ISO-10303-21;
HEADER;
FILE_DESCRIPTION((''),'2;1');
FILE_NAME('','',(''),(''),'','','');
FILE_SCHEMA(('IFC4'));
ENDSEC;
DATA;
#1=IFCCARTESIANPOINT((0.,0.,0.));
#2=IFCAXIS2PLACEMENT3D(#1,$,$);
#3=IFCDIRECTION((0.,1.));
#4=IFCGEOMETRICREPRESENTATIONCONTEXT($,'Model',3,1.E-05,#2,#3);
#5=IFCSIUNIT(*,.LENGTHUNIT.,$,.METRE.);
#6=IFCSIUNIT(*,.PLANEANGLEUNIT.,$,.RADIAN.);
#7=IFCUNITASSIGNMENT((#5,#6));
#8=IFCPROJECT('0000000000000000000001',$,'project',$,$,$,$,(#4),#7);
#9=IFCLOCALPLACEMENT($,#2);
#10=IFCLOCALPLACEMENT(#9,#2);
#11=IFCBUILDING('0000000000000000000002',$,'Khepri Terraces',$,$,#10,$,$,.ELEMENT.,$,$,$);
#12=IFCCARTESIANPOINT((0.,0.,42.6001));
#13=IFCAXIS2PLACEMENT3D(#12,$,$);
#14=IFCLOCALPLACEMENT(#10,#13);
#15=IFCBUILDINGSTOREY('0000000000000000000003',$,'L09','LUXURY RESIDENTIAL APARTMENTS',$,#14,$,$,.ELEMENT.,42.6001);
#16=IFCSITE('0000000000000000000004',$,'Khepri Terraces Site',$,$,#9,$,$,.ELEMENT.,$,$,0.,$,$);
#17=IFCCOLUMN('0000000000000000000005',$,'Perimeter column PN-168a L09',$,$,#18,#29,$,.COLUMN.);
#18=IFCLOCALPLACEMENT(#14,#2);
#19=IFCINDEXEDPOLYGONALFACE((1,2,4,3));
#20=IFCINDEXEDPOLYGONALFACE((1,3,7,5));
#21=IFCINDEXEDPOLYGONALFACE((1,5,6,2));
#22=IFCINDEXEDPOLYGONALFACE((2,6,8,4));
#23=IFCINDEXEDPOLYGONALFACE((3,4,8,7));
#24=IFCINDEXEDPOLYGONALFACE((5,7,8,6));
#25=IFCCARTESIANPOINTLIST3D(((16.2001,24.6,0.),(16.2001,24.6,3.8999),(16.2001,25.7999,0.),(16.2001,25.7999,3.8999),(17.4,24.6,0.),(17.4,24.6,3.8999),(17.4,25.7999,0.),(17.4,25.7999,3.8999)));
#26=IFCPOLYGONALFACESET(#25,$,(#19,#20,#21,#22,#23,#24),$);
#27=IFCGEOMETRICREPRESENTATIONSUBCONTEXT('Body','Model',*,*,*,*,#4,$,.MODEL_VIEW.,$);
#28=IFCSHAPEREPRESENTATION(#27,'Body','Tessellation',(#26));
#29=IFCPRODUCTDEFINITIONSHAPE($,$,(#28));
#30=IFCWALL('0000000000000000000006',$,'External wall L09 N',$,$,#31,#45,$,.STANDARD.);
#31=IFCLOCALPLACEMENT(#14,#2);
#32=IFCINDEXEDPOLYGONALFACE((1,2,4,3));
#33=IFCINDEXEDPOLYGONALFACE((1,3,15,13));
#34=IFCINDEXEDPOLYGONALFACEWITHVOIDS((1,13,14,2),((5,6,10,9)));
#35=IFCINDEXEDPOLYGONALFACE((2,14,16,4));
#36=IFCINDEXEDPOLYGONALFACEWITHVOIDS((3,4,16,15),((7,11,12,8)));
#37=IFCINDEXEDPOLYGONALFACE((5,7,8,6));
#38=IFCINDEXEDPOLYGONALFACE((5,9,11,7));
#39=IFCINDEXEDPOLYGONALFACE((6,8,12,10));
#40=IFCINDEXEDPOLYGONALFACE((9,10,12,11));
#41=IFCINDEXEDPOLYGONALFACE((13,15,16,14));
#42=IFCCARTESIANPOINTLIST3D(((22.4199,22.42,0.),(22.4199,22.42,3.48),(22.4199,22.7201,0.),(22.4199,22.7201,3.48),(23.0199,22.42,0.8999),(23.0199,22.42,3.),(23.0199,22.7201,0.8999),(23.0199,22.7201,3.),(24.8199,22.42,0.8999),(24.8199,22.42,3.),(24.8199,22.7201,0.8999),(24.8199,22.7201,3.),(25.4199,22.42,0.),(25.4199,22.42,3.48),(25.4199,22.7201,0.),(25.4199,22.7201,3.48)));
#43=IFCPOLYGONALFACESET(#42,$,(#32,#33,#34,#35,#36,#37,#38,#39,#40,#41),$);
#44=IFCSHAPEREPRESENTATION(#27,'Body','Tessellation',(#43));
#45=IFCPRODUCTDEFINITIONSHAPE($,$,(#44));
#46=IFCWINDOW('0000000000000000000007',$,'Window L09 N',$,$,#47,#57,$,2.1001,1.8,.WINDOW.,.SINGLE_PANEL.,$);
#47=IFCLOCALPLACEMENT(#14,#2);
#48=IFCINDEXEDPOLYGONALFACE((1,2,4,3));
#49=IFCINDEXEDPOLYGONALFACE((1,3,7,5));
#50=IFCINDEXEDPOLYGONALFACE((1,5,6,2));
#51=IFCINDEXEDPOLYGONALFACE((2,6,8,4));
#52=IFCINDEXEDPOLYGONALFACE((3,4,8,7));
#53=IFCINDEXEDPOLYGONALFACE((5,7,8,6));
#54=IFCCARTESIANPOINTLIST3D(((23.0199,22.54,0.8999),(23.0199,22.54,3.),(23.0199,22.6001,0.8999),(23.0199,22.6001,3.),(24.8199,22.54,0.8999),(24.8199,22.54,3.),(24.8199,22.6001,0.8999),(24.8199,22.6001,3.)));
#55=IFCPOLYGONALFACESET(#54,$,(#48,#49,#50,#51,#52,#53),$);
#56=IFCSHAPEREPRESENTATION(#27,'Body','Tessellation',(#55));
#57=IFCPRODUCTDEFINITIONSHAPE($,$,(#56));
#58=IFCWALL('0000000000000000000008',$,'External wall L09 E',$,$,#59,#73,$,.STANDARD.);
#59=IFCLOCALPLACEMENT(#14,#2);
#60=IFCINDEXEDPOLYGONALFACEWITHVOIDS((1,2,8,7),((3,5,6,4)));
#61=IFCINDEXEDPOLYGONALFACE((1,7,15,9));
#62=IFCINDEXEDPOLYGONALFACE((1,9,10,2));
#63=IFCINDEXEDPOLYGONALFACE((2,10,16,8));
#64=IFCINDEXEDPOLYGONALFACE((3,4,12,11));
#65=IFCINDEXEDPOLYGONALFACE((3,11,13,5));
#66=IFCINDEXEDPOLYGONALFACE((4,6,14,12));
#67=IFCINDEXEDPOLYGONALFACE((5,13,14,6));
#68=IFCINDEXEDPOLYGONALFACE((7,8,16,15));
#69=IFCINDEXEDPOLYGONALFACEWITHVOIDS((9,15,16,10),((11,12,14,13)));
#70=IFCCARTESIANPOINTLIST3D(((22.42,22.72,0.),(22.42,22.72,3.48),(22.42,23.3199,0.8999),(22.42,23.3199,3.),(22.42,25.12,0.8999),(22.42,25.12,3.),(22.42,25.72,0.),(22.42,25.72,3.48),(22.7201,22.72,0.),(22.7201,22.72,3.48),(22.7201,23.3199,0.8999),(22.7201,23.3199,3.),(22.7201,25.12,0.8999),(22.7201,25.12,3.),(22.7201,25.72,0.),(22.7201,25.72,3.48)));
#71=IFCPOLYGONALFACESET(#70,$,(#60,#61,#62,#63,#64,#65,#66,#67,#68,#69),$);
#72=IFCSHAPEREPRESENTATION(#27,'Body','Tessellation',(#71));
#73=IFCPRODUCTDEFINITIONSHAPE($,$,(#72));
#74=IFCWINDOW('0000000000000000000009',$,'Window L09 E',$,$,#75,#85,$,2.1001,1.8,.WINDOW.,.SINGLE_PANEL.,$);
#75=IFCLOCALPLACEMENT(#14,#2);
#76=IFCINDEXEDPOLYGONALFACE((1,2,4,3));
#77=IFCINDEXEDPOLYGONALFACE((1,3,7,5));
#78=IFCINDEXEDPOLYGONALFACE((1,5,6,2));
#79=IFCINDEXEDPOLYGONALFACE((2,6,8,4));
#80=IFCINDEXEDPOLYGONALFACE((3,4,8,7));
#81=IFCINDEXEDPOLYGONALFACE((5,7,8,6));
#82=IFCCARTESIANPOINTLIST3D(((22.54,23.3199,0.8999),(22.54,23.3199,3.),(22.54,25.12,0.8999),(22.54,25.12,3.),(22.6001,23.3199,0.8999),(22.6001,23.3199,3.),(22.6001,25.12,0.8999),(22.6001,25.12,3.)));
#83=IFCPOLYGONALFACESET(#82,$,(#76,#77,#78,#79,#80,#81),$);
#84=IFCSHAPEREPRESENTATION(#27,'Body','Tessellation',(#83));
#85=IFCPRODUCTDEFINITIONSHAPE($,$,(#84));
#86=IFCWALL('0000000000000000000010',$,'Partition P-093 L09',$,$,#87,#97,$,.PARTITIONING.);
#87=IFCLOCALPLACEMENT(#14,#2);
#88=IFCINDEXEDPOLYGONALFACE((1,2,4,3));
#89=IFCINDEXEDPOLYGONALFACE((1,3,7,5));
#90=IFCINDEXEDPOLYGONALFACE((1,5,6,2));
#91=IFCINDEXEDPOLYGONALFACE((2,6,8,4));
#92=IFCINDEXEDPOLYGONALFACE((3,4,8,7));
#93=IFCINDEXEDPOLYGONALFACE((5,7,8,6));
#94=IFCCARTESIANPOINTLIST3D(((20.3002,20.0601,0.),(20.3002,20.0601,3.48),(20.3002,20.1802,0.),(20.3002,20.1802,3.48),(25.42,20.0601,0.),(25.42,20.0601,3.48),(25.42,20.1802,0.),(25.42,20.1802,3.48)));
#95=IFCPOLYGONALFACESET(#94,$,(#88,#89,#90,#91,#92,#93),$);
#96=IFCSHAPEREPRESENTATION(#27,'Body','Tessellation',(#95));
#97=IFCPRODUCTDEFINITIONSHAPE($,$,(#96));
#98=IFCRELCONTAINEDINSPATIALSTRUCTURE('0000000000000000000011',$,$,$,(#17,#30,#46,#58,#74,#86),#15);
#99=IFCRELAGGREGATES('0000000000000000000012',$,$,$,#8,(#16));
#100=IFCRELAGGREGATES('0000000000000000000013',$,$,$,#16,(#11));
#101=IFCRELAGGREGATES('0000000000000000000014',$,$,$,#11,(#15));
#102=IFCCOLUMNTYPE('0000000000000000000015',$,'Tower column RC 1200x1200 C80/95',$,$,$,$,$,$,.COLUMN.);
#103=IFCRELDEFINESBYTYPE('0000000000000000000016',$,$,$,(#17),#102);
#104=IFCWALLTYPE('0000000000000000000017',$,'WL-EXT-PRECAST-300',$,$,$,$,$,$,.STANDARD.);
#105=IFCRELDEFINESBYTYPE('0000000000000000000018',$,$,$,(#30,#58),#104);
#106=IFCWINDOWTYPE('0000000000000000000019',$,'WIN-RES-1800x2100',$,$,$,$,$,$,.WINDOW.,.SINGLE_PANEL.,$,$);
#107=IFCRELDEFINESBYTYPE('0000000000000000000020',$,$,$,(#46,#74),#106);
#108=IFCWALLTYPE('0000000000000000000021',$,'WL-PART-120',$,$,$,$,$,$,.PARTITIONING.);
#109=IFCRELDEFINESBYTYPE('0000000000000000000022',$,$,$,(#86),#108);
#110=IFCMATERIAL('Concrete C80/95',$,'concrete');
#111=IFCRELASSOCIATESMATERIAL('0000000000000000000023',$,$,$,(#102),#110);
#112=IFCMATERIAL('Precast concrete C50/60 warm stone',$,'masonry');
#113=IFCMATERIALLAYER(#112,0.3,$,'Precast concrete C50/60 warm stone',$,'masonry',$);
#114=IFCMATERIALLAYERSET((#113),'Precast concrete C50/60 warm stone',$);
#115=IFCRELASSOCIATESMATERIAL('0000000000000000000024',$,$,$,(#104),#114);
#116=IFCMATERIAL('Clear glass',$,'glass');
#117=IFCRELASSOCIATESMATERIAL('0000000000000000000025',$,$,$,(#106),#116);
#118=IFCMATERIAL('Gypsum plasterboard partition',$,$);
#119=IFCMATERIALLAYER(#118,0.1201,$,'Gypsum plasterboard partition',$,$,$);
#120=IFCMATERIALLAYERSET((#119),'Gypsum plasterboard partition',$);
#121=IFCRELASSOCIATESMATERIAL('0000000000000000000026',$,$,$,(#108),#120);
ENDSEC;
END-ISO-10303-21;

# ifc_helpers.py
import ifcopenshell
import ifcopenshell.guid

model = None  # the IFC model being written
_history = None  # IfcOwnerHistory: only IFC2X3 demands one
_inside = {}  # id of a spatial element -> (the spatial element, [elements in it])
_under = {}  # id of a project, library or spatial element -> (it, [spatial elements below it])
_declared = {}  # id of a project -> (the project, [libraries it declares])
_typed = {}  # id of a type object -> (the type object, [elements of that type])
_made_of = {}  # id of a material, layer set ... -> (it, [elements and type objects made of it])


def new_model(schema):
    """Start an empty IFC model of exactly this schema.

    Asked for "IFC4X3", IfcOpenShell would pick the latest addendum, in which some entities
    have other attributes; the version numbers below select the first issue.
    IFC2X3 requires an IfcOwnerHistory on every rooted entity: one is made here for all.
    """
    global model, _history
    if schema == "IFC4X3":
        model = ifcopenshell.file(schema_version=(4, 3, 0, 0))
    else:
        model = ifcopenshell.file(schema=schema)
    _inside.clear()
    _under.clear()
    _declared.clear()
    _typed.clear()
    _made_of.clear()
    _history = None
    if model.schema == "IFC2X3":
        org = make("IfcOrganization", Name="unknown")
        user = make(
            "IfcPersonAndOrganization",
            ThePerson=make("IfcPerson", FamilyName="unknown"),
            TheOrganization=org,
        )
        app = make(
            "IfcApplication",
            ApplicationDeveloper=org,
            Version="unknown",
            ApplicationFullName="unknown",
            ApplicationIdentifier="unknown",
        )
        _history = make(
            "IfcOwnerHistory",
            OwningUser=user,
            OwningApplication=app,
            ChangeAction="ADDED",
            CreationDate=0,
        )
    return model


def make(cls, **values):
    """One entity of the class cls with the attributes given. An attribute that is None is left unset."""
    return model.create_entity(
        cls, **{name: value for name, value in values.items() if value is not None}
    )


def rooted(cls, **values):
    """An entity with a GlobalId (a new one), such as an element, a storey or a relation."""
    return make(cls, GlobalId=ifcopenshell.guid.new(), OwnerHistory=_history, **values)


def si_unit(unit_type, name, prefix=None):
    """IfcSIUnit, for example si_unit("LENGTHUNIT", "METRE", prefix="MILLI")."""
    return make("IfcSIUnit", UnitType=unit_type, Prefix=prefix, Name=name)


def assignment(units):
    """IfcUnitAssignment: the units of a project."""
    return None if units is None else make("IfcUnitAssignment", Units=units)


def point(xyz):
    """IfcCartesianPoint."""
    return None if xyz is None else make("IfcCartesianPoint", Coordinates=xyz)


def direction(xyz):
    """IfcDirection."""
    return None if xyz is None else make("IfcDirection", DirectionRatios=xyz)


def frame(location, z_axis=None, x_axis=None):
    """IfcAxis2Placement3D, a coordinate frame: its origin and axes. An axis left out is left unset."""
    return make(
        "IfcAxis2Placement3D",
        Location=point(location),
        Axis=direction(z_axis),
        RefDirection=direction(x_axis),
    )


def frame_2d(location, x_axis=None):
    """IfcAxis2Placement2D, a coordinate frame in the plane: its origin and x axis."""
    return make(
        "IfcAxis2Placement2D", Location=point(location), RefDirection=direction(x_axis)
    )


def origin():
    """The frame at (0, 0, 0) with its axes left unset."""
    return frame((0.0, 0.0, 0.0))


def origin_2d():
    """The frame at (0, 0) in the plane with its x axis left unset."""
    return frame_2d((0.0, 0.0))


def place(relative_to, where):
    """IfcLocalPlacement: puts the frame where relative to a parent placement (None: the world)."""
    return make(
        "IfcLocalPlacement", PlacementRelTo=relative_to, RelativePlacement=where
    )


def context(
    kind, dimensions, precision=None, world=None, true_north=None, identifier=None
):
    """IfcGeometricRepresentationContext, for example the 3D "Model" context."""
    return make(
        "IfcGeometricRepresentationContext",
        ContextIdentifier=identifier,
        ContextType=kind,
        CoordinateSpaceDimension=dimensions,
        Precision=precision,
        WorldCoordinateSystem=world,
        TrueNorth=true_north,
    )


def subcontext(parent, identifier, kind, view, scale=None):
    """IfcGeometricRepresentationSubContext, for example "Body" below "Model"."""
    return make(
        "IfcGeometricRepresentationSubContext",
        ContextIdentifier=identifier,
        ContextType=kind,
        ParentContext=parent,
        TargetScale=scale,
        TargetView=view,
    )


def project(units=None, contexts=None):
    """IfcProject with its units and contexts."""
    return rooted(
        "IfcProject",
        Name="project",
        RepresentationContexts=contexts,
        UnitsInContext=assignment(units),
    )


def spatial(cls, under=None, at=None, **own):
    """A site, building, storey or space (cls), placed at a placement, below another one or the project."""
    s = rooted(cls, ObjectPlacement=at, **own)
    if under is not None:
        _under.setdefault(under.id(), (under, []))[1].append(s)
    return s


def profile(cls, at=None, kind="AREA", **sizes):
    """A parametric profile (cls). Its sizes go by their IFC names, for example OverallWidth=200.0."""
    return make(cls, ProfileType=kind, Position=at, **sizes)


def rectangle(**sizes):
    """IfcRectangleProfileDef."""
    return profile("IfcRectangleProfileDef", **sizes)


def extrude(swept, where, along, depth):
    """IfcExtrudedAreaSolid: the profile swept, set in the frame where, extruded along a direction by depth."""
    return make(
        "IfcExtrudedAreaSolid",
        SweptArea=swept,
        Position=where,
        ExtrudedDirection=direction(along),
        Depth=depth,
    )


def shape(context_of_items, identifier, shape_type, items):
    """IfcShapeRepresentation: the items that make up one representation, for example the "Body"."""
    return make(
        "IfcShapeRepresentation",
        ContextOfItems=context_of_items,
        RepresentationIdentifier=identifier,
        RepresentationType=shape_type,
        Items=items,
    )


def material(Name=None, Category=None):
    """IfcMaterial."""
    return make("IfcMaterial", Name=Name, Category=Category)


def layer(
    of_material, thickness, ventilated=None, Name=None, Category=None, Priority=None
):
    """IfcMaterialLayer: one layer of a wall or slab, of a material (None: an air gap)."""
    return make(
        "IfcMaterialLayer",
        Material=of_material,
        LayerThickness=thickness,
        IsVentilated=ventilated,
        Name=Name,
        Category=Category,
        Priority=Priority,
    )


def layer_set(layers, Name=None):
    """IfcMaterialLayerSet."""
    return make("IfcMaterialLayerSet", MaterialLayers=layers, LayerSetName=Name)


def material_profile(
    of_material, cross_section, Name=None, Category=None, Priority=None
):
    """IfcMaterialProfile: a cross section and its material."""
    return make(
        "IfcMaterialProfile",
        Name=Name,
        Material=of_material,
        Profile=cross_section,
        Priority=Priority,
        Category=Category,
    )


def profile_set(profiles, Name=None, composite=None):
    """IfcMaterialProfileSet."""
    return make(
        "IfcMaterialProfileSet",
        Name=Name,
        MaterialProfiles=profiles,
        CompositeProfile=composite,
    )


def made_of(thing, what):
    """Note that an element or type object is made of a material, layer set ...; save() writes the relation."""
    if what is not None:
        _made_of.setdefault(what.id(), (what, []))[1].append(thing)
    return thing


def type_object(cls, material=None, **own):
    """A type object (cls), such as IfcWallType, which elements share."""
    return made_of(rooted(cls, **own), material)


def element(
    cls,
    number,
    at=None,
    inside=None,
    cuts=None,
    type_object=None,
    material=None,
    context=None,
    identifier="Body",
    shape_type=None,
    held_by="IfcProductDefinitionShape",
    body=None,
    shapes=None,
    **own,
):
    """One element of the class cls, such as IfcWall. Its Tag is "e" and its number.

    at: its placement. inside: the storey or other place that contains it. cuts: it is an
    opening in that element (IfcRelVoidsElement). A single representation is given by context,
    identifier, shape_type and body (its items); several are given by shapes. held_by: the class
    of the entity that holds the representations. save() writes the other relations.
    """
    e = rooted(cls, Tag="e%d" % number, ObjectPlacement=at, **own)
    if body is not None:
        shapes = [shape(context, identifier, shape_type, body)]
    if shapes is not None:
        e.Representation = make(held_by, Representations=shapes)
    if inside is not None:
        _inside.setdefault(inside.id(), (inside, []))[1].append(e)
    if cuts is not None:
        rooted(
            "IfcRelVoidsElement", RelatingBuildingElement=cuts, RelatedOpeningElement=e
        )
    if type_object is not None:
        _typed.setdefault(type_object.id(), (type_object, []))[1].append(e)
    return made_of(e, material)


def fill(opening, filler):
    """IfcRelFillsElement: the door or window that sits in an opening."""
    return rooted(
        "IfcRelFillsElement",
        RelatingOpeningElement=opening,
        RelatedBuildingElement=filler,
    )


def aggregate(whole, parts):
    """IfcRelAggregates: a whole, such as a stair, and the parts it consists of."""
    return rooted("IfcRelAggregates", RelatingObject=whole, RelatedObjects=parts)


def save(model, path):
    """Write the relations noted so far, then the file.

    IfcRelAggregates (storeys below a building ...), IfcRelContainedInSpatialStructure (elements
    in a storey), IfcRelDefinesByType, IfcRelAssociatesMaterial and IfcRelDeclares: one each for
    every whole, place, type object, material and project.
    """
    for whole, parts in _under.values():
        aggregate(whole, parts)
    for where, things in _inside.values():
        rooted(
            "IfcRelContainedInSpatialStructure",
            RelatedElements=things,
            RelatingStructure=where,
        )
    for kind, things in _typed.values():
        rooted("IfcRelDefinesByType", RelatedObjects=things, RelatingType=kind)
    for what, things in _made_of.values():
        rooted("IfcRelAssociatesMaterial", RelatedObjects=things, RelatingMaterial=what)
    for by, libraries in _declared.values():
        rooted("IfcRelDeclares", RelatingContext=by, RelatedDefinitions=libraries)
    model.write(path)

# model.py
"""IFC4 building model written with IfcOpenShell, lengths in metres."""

from ifc_helpers import new_model, si_unit, direction, frame, frame_2d, origin, origin_2d, place, context, subcontext, project, spatial, rectangle, extrude, material, layer, layer_set, material_profile, profile_set, type_object, element, fill, save


model = new_model("IFC4")

# Units and contexts
model_context = context("Model", 3, precision=1e-05, world=origin(), true_north=direction((0.0, 1.0)))
body_context = subcontext(model_context, "Body", "Model", "MODEL_VIEW")
ifc_project = project(units=[si_unit("LENGTHUNIT", "METRE"), si_unit("PLANEANGLEUNIT", "RADIAN")], contexts=[model_context])

# Site, building, storey
site_placement = place(None, origin())
site = spatial("IfcSite", under=ifc_project, at=site_placement, Name="Khepri Terraces Site", CompositionType="ELEMENT", RefElevation=0.0)
building_placement = place(site_placement, origin())
building = spatial("IfcBuilding", under=site, at=building_placement, Name="Khepri Terraces", CompositionType="ELEMENT")
storey_placement = place(building_placement, frame((0.0, 0.0, 42.6001)))
storey = spatial("IfcBuildingStorey", under=building, at=storey_placement, Name="L09", Description="LUXURY RESIDENTIAL APARTMENTS", CompositionType="ELEMENT", Elevation=42.6001)

# Column
ifc_material_1 = material(Name="Concrete C80/95", Category="concrete")
ifc_material_profile = material_profile(ifc_material_1, rectangle(XDim=1.2, YDim=1.2, at=origin_2d()), Name="Concrete C80/95", Category="concrete")
ifc_profile_set = profile_set([ifc_material_profile], Name="Concrete C80/95")
column_type = type_object("IfcColumnType", Name="Tower column RC 1200x1200 C80/95", PredefinedType="COLUMN", material=ifc_profile_set)
column_placement = place(storey_placement, frame((16.8, 25.2, 0.0), z_axis=(0.0, 0.0, 1.0), x_axis=(1.0, 0.0, 0.0)))
element("IfcColumn", 1, at=column_placement, inside=storey, type_object=column_type, Name="Perimeter column PN-168a L09", PredefinedType="COLUMN", context=body_context, shape_type="SweptSolid", body=[
    extrude(rectangle(XDim=1.2, YDim=1.2, at=origin_2d()), origin(), (0.0, 0.0, 1.0), 3.8999),
])

# Walls, openings, windows
ifc_material_2 = material(Name="Precast concrete C50/60 warm stone", Category="masonry")
ifc_layer_1 = layer(ifc_material_2, 0.3, Name="Precast concrete C50/60 warm stone", Category="masonry")
ifc_layer_set_1 = layer_set([ifc_layer_1], Name="Precast concrete C50/60 warm stone")
wall_type_1 = type_object("IfcWallType", Name="WL-EXT-PRECAST-300", PredefinedType="STANDARD", material=ifc_layer_set_1)
wall_1_placement = place(storey_placement, frame((25.4199, 22.5701, 0.0), z_axis=(0.0, 0.0, 1.0), x_axis=(-1.0, 0.0, 0.0)))
wall_1 = element("IfcWall", 2, at=wall_1_placement, inside=storey, type_object=wall_type_1, Name="External wall L09 N", PredefinedType="STANDARD", context=body_context, shape_type="SweptSolid", body=[
    extrude(rectangle(XDim=3.0, YDim=0.3, at=frame_2d((1.5, 0.0))), origin(), (0.0, 0.0, 1.0), 3.48),
])
opening_1_placement = place(wall_1_placement, frame((0.6001, 0.0, 0.8999)))
opening_1 = element("IfcOpeningElement", 3, at=opening_1_placement, cuts=wall_1, PredefinedType="OPENING", context=body_context, shape_type="SweptSolid", body=[
    extrude(rectangle(XDim=1.8, YDim=2.1001, at=frame_2d((0.8999, 1.05))), frame((0.0, 0.1602, 0.0), z_axis=(0.0, -1.0, 0.0), x_axis=(1.0, 0.0, 0.0)), (0.0, 0.0, 1.0), 0.3201),
])
ifc_material_3 = material(Name="Clear glass", Category="glass")
window_type = type_object("IfcWindowType", Name="WIN-RES-1800x2100", PartitioningType="SINGLE_PANEL", PredefinedType="WINDOW", material=ifc_material_3)
window_1_placement = place(opening_1_placement, origin())
window_1 = element("IfcWindow", 4, at=window_1_placement, inside=storey, type_object=window_type, Name="Window L09 N", OverallHeight=2.1001, OverallWidth=1.8, PartitioningType="SINGLE_PANEL", PredefinedType="WINDOW", context=body_context, shape_type="SweptSolid", body=[
    extrude(rectangle(XDim=1.8, YDim=2.1001, at=frame_2d((0.8999, 1.05))), frame((0.0, 0.03, 0.0), z_axis=(0.0, -1.0, 0.0), x_axis=(1.0, 0.0, 0.0)), (0.0, 0.0, 1.0), 0.0601),
])
fill(opening_1, window_1)
wall_2_placement = place(storey_placement, frame((22.5701, 22.72, 0.0), z_axis=(0.0, 0.0, 1.0), x_axis=(0.0, 1.0, 0.0)))
wall_2 = element("IfcWall", 5, at=wall_2_placement, inside=storey, type_object=wall_type_1, Name="External wall L09 E", PredefinedType="STANDARD", context=body_context, shape_type="SweptSolid", body=[
    extrude(rectangle(XDim=3.0, YDim=0.3, at=frame_2d((1.5, 0.0))), origin(), (0.0, 0.0, 1.0), 3.48),
])
opening_2_placement = place(wall_2_placement, frame((0.6001, 0.0, 0.8999)))
opening_2 = element("IfcOpeningElement", 6, at=opening_2_placement, cuts=wall_2, PredefinedType="OPENING", context=body_context, shape_type="SweptSolid", body=[
    extrude(rectangle(XDim=1.8, YDim=2.1001, at=frame_2d((0.8999, 1.05))), frame((0.0, 0.1602, 0.0), z_axis=(0.0, -1.0, 0.0), x_axis=(1.0, 0.0, 0.0)), (0.0, 0.0, 1.0), 0.3201),
])
window_2_placement = place(opening_2_placement, origin())
window_2 = element("IfcWindow", 7, at=window_2_placement, inside=storey, type_object=window_type, Name="Window L09 E", OverallHeight=2.1001, OverallWidth=1.8, PartitioningType="SINGLE_PANEL", PredefinedType="WINDOW", context=body_context, shape_type="SweptSolid", body=[
    extrude(rectangle(XDim=1.8, YDim=2.1001, at=frame_2d((0.8999, 1.05))), frame((0.0, 0.03, 0.0), z_axis=(0.0, -1.0, 0.0), x_axis=(1.0, 0.0, 0.0)), (0.0, 0.0, 1.0), 0.0601),
])
fill(opening_2, window_2)

# Wall
ifc_material_4 = material(Name="Gypsum plasterboard partition")
ifc_layer_2 = layer(ifc_material_4, 0.1201, Name="Gypsum plasterboard partition")
ifc_layer_set_2 = layer_set([ifc_layer_2], Name="Gypsum plasterboard partition")
wall_type_2 = type_object("IfcWallType", Name="WL-PART-120", PredefinedType="PARTITIONING", material=ifc_layer_set_2)
wall_3_placement = place(storey_placement, frame((20.3, 20.1201, 0.0), z_axis=(0.0, 0.0, 1.0), x_axis=(1.0, 0.0, 0.0)))
element("IfcWall", 8, at=wall_3_placement, inside=storey, type_object=wall_type_2, Name="Partition P-093 L09", PredefinedType="PARTITIONING", context=body_context, shape_type="SweptSolid", body=[
    extrude(rectangle(XDim=5.1199, YDim=0.1201, at=frame_2d((2.5601, 0.0))), origin(), (0.0, 0.0, 1.0), 3.48),
])

save(model, "model.ifc")
